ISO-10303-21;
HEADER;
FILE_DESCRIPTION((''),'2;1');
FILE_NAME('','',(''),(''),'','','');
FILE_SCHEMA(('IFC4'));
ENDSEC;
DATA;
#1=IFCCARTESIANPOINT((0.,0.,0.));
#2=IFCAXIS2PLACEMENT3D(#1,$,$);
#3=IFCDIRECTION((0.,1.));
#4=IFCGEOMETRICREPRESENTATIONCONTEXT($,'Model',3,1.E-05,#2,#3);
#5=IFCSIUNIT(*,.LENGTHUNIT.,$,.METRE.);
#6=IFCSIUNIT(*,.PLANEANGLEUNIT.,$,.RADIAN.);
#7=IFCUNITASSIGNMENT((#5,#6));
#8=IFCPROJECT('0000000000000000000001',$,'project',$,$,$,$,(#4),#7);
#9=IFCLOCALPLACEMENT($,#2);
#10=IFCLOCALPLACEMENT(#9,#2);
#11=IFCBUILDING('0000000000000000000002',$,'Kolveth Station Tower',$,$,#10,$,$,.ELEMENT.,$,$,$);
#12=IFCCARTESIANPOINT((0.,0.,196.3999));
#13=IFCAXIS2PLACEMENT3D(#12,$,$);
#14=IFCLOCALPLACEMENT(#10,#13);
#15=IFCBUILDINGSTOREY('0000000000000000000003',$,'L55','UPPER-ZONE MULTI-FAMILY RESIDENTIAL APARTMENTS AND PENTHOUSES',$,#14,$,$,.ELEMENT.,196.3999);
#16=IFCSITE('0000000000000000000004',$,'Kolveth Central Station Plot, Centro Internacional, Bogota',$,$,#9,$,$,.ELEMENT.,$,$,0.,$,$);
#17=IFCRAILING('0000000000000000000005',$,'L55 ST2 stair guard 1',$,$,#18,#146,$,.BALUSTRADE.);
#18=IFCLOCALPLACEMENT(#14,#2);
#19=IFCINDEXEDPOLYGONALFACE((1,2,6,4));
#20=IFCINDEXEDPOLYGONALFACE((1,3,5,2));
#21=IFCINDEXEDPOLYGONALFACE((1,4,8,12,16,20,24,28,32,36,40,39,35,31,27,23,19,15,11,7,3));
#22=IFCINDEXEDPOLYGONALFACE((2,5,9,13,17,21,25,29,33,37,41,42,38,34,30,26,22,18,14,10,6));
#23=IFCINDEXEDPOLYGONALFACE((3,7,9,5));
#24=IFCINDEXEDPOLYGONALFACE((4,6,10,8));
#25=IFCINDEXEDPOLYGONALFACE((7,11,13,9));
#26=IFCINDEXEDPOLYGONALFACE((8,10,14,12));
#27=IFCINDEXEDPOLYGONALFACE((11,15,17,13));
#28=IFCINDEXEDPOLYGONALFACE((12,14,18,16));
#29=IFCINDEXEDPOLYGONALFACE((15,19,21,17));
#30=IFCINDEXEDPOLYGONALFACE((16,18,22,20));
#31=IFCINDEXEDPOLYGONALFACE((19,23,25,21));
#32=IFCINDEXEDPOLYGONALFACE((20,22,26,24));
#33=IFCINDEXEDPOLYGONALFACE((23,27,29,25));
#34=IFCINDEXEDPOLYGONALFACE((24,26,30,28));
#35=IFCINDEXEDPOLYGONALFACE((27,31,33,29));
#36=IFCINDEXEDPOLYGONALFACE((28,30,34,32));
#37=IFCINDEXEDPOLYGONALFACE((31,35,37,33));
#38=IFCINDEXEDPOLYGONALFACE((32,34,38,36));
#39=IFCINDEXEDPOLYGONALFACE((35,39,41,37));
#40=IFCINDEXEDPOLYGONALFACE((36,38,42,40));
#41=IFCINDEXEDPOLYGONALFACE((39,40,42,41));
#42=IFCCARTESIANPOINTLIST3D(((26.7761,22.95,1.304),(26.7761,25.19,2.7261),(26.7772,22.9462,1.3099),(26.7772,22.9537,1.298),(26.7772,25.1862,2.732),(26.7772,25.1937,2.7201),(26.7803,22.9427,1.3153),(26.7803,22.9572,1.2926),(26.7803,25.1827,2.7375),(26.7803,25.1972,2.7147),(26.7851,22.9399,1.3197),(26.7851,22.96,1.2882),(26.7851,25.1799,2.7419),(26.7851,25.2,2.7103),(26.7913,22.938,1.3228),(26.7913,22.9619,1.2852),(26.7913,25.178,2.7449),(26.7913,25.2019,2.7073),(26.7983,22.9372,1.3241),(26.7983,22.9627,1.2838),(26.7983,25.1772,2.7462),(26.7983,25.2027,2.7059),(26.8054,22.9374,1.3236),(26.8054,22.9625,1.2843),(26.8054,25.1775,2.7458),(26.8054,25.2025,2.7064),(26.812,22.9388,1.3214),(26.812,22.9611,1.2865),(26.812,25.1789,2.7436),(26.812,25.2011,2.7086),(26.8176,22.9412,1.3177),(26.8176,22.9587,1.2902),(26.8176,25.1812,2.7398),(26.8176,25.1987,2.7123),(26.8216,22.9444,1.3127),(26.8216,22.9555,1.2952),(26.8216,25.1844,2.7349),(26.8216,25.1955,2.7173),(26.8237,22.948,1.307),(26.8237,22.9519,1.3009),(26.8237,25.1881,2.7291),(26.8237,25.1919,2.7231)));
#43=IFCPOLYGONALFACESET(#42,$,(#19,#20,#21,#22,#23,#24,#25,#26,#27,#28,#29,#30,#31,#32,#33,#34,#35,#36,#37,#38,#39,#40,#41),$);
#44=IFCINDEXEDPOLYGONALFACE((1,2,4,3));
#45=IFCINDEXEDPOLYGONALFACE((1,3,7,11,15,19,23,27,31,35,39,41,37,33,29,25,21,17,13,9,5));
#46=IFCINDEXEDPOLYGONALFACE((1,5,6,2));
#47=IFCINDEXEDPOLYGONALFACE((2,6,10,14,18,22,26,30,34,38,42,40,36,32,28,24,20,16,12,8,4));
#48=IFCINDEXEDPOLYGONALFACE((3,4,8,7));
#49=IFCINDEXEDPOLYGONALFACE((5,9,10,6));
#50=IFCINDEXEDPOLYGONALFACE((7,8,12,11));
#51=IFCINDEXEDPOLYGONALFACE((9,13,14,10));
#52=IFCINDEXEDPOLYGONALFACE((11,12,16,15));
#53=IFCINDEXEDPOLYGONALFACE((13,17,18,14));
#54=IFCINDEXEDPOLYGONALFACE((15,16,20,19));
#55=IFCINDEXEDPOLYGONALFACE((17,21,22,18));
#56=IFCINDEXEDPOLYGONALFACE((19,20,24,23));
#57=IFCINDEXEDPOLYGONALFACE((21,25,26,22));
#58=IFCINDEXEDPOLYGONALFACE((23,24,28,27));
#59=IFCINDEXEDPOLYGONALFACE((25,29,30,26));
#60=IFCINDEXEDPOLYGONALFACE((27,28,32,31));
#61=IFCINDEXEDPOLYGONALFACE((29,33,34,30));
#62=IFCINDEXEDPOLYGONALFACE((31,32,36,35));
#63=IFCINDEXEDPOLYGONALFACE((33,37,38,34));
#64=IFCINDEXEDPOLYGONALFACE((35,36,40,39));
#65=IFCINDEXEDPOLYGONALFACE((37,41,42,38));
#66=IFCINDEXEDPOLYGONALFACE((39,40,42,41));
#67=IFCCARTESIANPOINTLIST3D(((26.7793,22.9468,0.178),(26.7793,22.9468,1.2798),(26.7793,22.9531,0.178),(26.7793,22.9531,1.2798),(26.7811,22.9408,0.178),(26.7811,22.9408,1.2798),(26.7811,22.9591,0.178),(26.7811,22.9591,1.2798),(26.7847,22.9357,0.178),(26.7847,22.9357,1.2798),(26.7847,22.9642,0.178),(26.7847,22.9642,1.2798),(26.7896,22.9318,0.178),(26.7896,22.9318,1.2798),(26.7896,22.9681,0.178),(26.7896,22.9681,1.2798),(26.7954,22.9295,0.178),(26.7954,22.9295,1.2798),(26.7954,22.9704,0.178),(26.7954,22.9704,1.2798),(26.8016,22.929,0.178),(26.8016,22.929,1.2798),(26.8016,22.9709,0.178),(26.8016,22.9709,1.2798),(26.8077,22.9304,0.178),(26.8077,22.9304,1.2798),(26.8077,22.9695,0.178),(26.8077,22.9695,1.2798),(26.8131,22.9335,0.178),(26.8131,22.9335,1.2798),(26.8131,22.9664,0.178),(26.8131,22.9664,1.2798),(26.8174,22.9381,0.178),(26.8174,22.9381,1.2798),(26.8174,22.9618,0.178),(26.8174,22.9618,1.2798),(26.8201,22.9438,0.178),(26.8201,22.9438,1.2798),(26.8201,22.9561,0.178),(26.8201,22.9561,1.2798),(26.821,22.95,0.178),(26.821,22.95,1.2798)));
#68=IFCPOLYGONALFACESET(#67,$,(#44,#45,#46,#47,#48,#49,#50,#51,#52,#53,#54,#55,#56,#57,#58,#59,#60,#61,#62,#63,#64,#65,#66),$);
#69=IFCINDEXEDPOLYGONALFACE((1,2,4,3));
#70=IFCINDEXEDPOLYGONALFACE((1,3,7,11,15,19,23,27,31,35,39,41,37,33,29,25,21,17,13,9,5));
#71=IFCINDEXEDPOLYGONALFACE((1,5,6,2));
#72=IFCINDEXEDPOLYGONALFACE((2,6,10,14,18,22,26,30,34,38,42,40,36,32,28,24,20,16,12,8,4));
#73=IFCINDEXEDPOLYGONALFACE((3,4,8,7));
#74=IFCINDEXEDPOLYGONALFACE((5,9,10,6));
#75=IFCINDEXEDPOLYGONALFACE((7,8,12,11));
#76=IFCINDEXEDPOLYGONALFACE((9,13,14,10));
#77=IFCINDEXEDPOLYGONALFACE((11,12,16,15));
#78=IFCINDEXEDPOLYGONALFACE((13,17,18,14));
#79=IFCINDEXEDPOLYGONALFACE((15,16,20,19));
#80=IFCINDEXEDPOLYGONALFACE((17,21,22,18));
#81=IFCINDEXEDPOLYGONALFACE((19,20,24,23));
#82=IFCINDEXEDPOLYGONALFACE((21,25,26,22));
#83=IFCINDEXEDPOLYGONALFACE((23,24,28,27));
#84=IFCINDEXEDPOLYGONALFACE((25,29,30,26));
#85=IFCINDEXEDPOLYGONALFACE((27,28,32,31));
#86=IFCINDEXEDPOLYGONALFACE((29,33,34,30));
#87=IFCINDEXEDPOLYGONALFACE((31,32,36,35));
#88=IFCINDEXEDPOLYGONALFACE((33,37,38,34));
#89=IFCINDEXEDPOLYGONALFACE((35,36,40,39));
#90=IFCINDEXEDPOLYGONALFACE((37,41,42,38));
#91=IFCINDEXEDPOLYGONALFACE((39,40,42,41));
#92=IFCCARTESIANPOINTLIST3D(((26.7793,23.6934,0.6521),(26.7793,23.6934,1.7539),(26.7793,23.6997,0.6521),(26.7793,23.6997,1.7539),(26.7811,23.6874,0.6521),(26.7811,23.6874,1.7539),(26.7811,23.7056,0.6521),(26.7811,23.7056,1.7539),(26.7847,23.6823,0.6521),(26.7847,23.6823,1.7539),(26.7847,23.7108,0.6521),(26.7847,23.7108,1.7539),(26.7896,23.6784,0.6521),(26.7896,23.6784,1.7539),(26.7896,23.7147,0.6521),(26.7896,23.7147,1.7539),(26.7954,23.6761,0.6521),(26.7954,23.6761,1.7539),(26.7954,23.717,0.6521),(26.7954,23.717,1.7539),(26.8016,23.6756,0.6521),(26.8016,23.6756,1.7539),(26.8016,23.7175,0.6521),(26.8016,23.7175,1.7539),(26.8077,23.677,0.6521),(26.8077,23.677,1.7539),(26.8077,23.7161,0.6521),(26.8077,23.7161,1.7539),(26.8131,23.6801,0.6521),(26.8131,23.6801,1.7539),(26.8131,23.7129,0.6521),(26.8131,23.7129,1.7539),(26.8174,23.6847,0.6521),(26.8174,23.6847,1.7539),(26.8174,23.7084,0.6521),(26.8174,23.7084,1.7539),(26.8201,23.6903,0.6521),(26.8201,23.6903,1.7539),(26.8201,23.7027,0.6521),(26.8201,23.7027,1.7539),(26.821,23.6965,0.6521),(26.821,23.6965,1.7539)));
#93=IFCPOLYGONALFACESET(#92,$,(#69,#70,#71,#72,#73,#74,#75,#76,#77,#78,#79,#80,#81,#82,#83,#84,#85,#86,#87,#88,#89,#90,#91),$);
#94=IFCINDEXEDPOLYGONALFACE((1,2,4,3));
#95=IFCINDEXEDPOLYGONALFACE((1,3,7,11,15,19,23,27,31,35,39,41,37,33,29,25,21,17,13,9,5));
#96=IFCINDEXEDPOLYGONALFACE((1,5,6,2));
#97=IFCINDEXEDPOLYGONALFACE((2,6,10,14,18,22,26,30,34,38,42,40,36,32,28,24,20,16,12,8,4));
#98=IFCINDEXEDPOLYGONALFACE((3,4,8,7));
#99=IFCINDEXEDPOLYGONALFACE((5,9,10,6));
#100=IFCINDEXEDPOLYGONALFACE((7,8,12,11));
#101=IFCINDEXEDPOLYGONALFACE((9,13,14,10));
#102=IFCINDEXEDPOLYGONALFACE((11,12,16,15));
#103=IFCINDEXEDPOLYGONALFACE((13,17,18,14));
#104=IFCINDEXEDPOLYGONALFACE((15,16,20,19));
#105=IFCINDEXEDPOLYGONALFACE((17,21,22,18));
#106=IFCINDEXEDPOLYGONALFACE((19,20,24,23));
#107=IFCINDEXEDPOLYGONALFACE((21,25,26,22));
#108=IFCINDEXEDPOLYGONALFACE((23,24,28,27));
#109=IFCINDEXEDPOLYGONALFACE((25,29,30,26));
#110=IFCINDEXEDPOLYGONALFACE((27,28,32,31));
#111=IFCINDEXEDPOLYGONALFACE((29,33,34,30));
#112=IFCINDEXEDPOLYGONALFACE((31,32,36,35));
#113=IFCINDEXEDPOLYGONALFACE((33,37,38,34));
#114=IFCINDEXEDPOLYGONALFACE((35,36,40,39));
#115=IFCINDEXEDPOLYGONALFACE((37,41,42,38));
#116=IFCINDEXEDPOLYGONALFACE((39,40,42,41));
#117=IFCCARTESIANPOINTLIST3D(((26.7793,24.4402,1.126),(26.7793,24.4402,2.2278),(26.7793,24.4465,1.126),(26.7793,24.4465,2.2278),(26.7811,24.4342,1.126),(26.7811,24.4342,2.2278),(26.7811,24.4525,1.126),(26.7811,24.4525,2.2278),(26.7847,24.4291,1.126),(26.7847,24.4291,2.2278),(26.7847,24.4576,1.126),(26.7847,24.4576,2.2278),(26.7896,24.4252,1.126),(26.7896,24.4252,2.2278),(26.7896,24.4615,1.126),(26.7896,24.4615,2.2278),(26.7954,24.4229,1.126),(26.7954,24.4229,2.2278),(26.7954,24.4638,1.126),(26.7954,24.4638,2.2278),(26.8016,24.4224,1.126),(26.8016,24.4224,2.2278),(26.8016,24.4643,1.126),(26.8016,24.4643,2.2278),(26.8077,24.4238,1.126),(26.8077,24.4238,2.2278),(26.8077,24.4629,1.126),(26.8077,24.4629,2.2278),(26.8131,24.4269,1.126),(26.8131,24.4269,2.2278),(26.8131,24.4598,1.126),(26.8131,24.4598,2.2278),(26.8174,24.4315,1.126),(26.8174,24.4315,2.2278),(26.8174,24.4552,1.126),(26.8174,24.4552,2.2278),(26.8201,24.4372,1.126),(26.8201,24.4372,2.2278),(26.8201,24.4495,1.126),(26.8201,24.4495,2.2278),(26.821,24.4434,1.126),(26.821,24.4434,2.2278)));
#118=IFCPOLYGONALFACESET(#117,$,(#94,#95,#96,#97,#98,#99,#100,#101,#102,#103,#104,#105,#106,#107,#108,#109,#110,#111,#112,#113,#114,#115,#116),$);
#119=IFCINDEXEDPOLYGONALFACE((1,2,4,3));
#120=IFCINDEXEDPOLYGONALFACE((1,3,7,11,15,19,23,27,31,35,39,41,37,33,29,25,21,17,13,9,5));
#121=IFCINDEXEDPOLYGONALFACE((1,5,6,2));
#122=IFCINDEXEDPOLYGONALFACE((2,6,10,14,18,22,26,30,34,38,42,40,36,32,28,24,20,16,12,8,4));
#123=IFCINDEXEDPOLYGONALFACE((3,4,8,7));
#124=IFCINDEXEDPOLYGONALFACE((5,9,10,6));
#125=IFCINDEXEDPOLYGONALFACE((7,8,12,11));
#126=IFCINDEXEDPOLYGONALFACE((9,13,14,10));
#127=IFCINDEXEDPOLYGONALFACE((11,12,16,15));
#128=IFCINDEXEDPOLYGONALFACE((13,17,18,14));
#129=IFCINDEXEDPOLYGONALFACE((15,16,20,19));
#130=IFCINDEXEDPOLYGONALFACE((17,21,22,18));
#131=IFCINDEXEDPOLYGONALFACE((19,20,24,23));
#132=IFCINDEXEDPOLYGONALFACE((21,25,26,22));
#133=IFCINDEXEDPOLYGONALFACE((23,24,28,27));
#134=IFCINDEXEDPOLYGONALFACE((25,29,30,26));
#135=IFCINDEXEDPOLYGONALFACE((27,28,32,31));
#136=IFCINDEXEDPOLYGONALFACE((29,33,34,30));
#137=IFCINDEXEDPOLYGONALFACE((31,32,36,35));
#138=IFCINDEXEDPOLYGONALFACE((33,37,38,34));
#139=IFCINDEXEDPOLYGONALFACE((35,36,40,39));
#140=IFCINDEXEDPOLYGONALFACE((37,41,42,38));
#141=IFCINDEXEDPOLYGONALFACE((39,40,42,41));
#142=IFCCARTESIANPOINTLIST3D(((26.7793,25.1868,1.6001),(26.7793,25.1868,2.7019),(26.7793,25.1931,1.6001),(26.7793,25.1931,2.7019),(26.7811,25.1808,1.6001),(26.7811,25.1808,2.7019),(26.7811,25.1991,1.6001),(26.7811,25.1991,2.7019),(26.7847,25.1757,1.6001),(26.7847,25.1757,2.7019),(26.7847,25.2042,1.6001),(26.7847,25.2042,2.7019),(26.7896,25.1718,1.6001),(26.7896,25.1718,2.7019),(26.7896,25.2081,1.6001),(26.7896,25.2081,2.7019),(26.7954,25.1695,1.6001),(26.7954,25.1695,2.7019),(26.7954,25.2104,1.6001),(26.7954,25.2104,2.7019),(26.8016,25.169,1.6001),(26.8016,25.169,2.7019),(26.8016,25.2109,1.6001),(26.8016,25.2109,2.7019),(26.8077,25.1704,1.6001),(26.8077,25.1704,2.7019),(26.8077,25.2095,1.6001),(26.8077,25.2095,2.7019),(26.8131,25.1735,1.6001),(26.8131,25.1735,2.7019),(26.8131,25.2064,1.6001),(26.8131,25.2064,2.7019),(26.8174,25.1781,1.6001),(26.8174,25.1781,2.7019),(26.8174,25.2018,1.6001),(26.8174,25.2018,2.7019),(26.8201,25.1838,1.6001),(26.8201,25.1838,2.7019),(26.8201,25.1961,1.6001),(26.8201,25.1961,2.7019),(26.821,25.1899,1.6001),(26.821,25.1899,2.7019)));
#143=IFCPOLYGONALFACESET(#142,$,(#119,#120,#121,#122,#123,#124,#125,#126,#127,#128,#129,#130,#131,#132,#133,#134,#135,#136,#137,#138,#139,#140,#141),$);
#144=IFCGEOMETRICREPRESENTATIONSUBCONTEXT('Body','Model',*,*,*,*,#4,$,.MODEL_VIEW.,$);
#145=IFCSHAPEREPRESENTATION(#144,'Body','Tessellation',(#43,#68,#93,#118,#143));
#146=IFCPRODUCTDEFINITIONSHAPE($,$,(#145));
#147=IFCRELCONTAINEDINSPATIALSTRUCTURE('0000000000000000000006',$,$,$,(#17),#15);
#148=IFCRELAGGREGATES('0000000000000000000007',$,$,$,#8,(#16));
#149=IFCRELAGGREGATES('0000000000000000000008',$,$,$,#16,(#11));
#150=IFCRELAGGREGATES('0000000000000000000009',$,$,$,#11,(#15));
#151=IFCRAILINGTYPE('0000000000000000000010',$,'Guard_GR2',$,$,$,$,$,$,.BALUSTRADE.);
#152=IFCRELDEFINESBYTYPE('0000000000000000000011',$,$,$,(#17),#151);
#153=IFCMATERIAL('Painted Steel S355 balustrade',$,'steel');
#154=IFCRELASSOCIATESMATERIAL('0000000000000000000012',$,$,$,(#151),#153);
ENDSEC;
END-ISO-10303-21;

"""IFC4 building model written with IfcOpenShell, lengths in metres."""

from ifc_helpers import new_model, si_unit, direction, frame, origin, origin_2d, place, context, subcontext, project, spatial, circle, extrude, material, type_object, element, save


model = new_model("IFC4")

# Units and contexts
model_context = context("Model", 3, precision=1e-05, world=origin(), true_north=direction((0.0, 1.0)))
body_context = subcontext(model_context, "Body", "Model", "MODEL_VIEW")
ifc_project = project(units=[si_unit("LENGTHUNIT", "METRE"), si_unit("PLANEANGLEUNIT", "RADIAN")], contexts=[model_context])

# Site, building, storey
site_placement = place(None, origin())
site = spatial("IfcSite", under=ifc_project, at=site_placement, Name="Kolveth Central Station Plot, Centro Internacional, Bogota", CompositionType="ELEMENT", RefElevation=0.0)
building_placement = place(site_placement, origin())
building = spatial("IfcBuilding", under=site, at=building_placement, Name="Kolveth Station Tower", CompositionType="ELEMENT")
storey_placement = place(building_placement, frame((0.0, 0.0, 196.3999)))
storey = spatial("IfcBuildingStorey", under=building, at=storey_placement, Name="L55", Description="UPPER-ZONE MULTI-FAMILY RESIDENTIAL APARTMENTS AND PENTHOUSES", CompositionType="ELEMENT", Elevation=196.3999)

# Railing
ifc_material_1 = material(Name="Painted Steel S355 balustrade", Category="steel")
railing_type_1 = type_object("IfcRailingType", Name="Guard_GR2", PredefinedType="BALUSTRADE", material=ifc_material_1)
railing_1_placement = place(storey_placement, frame((26.8, 22.95, 0.178)))
element("IfcRailing", 1, at=railing_1_placement, inside=storey, type_object=railing_type_1, Name="L55 ST2 stair guard 1", PredefinedType="BALUSTRADE", context=body_context, shape_type="SweptSolid", body=[
    extrude(circle(Radius=0.0239, at=origin_2d()), frame((0.0, 0.0, 1.126), z_axis=(0.0, 0.844229, 0.535982), x_axis=(-1.0, 0.0, 0.0)), (0.0, 0.0, 1.0), 2.6533),
    extrude(circle(Radius=0.021, at=origin_2d()), origin(), (0.0, 0.0, 1.0), 1.1018),
    extrude(circle(Radius=0.021, at=origin_2d()), frame((0.0, 0.7466, 0.4741)), (0.0, 0.0, 1.0), 1.1018),
    extrude(circle(Radius=0.021, at=origin_2d()), frame((0.0, 1.4934, 0.948)), (0.0, 0.0, 1.0), 1.1018),
    extrude(circle(Radius=0.021, at=origin_2d()), frame((0.0, 2.24, 1.4221)), (0.0, 0.0, 1.0), 1.1018),
])

save(model, "model.ifc")
